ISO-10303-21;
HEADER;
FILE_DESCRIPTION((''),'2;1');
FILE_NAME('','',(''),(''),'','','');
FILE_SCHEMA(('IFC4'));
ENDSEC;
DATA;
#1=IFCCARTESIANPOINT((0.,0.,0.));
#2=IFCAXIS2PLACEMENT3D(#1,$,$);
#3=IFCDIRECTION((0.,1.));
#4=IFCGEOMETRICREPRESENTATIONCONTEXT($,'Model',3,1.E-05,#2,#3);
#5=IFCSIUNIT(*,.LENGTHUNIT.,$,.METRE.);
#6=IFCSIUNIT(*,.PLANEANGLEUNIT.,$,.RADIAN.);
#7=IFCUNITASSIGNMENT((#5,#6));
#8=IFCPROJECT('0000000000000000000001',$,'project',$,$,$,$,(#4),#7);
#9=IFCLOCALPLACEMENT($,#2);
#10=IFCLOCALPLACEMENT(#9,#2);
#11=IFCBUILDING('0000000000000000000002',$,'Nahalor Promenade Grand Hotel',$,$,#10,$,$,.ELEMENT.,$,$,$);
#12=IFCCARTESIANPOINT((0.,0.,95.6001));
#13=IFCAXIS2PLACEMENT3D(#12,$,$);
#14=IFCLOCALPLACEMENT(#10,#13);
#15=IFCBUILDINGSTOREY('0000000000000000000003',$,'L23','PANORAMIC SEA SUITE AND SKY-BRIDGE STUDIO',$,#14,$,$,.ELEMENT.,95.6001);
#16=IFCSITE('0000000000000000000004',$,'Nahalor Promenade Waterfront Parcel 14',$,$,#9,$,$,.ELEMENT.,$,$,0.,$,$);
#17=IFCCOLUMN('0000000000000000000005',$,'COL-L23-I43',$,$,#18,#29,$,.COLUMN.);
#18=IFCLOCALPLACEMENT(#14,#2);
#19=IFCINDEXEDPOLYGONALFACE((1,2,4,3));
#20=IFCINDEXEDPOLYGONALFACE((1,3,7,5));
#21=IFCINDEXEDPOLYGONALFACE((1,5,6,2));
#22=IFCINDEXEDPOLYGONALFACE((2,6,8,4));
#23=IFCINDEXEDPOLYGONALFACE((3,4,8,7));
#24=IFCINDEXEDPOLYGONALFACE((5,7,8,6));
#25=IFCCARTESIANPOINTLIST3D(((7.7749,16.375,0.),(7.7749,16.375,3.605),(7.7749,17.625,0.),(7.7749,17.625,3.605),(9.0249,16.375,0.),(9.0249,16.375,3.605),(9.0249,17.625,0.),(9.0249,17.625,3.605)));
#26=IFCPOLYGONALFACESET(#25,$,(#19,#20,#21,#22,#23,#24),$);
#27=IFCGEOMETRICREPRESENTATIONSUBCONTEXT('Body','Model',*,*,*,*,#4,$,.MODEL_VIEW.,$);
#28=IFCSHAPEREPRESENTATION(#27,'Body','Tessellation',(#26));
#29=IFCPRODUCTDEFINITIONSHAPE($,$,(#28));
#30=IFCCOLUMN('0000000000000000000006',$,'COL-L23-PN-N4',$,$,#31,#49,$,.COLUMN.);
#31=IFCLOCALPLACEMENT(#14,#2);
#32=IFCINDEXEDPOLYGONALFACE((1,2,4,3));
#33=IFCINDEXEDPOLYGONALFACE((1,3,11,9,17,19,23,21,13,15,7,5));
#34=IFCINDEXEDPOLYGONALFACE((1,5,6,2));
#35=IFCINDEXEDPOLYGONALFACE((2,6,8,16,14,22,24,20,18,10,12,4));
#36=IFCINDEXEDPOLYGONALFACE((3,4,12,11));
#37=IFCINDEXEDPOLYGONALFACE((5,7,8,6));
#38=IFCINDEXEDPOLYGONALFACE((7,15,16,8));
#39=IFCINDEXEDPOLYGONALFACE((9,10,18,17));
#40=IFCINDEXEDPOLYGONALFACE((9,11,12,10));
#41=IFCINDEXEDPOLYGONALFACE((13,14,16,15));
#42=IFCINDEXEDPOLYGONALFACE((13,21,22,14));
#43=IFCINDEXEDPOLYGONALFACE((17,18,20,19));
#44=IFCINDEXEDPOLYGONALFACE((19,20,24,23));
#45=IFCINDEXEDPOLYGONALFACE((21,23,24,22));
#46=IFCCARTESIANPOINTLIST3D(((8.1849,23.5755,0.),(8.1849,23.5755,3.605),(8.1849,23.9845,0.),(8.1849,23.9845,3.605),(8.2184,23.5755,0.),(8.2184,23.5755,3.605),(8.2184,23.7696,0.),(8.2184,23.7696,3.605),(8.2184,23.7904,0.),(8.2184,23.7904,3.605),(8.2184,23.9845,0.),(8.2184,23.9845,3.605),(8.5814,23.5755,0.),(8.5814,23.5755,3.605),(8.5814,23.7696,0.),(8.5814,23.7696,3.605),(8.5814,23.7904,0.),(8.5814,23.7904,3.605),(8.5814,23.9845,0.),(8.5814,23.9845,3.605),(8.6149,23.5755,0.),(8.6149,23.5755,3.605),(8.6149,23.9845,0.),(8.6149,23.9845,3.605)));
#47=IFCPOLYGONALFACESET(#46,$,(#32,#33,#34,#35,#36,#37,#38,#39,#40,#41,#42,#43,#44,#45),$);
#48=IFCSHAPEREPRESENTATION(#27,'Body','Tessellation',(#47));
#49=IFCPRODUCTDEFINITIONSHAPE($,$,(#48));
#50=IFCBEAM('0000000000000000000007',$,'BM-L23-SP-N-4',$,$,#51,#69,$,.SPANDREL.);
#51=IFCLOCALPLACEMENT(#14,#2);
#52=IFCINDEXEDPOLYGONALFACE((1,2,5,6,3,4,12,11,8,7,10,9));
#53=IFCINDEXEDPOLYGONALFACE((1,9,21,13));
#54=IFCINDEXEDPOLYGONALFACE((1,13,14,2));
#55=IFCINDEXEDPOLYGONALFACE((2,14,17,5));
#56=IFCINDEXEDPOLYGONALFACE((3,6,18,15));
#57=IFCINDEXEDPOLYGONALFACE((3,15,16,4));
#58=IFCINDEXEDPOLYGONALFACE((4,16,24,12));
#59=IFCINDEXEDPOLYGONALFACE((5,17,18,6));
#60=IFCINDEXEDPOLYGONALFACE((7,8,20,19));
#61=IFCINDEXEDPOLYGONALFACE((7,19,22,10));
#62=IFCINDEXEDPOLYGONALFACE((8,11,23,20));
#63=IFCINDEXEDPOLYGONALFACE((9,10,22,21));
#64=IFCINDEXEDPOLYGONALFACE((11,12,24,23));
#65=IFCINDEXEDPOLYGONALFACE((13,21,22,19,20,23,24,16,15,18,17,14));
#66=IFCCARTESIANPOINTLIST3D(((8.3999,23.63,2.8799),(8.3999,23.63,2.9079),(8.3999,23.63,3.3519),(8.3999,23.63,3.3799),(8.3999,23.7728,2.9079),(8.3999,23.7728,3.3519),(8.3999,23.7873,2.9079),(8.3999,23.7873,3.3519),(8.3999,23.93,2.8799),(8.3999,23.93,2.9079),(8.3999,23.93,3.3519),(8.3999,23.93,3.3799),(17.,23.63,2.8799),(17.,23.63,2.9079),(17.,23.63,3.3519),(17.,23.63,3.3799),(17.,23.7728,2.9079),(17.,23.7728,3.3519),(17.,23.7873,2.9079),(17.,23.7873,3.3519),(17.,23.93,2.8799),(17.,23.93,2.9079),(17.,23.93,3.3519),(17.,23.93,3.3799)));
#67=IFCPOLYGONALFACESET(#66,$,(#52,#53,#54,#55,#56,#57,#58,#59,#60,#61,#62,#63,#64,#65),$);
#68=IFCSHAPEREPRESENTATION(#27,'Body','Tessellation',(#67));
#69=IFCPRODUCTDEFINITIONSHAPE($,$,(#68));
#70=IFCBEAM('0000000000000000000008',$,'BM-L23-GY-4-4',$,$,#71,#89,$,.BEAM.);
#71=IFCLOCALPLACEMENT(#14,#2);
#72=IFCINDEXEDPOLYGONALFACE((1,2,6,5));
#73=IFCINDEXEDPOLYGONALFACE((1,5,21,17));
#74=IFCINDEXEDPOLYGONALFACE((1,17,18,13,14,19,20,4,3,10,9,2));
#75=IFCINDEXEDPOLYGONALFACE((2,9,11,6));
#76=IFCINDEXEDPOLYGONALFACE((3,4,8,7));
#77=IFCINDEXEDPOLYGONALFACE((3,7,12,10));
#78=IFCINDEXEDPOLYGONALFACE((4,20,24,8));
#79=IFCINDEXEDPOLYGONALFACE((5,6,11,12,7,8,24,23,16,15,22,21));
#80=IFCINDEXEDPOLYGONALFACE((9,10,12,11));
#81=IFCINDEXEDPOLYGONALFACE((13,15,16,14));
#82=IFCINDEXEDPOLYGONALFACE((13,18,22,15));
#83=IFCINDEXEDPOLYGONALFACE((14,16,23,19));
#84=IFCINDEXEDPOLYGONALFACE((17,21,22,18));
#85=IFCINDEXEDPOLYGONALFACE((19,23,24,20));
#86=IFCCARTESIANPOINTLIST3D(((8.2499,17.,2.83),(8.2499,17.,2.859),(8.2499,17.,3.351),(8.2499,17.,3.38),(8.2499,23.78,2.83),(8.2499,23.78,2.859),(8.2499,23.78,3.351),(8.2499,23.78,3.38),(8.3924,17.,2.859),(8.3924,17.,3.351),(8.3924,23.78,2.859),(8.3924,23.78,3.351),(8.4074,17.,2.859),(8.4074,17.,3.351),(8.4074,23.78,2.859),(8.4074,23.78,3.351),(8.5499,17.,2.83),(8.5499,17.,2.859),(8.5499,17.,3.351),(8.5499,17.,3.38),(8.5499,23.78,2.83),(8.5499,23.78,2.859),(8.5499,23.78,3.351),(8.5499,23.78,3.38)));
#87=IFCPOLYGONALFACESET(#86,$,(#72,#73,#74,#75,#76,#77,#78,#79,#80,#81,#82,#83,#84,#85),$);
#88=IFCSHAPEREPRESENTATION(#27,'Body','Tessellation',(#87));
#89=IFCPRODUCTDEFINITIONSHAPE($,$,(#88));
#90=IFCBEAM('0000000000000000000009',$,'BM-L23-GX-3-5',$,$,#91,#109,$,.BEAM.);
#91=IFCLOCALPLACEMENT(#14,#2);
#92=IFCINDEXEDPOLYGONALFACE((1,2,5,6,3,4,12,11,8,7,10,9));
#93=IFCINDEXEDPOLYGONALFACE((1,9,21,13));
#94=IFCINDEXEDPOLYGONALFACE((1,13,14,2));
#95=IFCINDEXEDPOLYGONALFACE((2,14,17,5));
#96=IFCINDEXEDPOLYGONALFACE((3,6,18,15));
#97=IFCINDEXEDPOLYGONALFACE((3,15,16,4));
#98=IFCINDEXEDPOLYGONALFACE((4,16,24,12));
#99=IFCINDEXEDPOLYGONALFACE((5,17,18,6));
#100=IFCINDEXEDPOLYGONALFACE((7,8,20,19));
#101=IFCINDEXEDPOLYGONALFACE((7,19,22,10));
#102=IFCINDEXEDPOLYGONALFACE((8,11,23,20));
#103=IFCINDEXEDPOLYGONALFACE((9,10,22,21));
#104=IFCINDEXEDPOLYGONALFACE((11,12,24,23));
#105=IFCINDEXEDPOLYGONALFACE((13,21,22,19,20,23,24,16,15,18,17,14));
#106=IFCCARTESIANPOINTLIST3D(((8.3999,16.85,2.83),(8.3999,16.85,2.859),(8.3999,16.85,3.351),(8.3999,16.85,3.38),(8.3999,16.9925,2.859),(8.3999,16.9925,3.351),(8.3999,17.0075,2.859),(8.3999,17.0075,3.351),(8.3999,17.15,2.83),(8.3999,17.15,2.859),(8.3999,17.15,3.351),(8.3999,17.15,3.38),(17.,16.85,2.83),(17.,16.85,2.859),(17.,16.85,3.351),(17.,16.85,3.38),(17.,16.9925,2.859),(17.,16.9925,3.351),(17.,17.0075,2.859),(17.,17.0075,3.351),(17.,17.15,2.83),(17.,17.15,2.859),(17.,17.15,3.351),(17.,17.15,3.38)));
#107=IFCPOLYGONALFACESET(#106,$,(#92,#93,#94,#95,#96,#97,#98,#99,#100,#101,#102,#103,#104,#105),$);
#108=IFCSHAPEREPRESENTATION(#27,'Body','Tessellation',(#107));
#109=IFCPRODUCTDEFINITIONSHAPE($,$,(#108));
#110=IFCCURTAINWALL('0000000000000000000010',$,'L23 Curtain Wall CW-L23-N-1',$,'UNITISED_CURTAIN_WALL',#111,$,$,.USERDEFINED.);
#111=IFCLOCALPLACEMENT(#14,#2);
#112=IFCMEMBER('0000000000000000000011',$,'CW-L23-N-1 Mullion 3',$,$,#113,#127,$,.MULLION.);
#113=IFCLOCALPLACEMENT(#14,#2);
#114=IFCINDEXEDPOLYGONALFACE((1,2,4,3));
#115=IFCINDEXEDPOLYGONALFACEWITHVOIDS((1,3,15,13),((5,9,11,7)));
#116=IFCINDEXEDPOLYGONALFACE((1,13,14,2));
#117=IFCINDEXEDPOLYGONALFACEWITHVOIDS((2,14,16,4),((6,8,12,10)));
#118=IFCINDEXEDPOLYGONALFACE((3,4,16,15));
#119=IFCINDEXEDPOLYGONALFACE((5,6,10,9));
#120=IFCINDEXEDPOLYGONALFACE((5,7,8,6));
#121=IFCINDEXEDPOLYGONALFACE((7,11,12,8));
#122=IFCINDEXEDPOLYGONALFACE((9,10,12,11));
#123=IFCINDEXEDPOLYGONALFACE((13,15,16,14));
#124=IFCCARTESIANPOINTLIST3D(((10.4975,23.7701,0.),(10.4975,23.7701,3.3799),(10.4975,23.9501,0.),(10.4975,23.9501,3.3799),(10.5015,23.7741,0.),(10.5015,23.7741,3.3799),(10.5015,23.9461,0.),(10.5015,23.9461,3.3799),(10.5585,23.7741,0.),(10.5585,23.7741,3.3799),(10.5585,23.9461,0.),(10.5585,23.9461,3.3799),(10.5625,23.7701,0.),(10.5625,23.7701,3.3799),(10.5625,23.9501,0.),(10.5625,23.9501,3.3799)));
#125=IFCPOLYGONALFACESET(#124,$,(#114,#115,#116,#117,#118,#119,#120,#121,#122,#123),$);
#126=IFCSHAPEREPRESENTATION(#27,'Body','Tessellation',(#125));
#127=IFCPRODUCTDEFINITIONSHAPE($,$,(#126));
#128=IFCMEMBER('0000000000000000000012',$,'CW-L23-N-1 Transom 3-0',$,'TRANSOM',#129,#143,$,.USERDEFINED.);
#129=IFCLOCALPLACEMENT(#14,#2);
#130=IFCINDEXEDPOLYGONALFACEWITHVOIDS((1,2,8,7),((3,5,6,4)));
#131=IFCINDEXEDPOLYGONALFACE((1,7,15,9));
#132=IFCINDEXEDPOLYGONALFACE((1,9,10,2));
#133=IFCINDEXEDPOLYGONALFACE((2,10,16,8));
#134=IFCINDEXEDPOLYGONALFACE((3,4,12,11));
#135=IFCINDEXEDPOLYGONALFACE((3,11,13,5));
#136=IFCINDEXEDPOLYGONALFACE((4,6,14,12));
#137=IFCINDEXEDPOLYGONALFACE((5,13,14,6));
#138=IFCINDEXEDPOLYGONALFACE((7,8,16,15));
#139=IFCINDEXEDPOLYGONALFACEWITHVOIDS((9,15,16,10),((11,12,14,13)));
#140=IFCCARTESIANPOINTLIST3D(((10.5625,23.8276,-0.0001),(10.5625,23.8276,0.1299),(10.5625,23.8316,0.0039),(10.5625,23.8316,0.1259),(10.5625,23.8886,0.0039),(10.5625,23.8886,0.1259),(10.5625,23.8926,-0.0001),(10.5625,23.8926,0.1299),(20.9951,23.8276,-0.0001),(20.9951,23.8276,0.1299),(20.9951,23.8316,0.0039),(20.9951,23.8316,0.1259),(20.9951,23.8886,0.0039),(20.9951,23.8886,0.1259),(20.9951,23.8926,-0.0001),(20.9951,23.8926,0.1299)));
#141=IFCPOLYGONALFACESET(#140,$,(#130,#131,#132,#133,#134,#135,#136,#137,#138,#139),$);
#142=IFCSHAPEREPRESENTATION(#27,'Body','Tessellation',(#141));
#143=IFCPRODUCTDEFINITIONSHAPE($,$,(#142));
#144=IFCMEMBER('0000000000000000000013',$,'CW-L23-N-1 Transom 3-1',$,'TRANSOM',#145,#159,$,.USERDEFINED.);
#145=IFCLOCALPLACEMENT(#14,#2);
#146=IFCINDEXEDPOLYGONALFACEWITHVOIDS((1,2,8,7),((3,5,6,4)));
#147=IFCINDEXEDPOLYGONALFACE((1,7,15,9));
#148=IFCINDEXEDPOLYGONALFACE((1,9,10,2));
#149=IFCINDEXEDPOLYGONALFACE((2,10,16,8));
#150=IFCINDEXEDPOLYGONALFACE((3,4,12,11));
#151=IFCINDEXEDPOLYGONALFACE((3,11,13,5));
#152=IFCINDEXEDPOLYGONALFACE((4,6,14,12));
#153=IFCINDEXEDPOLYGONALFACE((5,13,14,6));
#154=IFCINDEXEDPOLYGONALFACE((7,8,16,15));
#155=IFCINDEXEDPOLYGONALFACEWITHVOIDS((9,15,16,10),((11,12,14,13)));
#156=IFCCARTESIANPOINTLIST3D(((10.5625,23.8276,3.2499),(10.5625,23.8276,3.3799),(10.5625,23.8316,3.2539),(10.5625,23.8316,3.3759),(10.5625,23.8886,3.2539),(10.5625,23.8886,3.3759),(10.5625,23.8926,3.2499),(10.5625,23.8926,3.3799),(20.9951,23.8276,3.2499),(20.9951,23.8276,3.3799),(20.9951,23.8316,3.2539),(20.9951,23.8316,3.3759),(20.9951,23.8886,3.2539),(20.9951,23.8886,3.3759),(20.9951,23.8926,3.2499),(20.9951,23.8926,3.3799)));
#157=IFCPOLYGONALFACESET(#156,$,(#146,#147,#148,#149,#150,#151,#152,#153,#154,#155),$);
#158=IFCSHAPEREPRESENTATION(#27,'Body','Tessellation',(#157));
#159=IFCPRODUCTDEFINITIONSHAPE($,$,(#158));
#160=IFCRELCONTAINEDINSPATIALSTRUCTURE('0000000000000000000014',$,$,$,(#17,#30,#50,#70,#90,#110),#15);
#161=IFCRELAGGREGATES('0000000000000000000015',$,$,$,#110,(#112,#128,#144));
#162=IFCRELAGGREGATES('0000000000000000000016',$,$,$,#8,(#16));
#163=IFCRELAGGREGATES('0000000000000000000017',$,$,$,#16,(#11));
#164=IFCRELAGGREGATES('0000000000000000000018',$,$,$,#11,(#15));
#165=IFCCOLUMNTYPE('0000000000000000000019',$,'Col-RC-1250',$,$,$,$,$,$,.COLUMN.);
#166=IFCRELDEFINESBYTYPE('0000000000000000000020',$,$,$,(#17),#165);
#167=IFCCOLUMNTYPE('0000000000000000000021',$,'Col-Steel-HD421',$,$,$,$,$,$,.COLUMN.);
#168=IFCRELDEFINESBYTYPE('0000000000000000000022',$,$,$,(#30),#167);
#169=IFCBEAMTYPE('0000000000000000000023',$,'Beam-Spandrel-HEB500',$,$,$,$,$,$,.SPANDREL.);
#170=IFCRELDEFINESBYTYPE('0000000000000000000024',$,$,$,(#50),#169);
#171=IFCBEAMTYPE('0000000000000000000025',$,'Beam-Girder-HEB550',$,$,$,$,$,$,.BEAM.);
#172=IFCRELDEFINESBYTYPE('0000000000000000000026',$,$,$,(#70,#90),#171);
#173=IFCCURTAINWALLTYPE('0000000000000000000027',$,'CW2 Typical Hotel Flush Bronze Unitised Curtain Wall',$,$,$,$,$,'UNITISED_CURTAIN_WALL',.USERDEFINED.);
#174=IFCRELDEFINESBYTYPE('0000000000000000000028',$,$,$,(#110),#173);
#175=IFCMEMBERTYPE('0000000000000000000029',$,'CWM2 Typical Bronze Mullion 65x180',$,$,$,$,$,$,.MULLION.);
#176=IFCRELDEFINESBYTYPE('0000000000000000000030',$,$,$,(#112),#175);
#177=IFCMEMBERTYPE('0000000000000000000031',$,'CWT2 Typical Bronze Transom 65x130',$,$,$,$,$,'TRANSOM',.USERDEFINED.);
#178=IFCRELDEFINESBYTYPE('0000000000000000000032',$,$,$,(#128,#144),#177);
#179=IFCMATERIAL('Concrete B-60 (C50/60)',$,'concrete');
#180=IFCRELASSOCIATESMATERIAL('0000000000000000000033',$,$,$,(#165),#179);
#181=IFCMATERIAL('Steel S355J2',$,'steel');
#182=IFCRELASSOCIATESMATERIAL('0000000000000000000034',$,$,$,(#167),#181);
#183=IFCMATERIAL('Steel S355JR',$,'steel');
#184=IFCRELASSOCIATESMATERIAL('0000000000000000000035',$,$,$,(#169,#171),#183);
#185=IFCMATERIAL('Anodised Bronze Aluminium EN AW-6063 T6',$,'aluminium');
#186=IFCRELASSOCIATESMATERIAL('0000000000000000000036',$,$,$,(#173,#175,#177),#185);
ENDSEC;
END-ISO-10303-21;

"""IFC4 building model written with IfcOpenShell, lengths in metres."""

from ifc_helpers import new_model, si_unit, direction, frame, origin, origin_2d, place, context, subcontext, project, spatial, rectangle, hollow_rectangle, i_section, extrude, source, transform, mapped, material, material_profile, profile_set, type_object, element, aggregate, save


model = new_model("IFC4")

# Units and contexts
model_context = context("Model", 3, precision=1e-05, world=origin(), true_north=direction((0.0, 1.0)))
body_context = subcontext(model_context, "Body", "Model", "MODEL_VIEW")
ifc_project = project(units=[si_unit("LENGTHUNIT", "METRE"), si_unit("PLANEANGLEUNIT", "RADIAN")], contexts=[model_context])

# Site, building, storey
site_placement = place(None, origin())
site = spatial("IfcSite", under=ifc_project, at=site_placement, Name="Nahalor Promenade Waterfront Parcel 14", CompositionType="ELEMENT", RefElevation=0.0)
building_placement = place(site_placement, origin())
building = spatial("IfcBuilding", under=site, at=building_placement, Name="Nahalor Promenade Grand Hotel", CompositionType="ELEMENT")
storey_placement = place(building_placement, frame((0.0, 0.0, 95.6001)))
storey = spatial("IfcBuildingStorey", under=building, at=storey_placement, Name="L23", Description="PANORAMIC SEA SUITE AND SKY-BRIDGE STUDIO", CompositionType="ELEMENT", Elevation=95.6001)

# Columns
ifc_material_1 = material(Name="Concrete B-60 (C50/60)", Category="concrete")
ifc_material_profile_1 = material_profile(ifc_material_1, rectangle(XDim=1.25, YDim=1.25, at=origin_2d()), Name="RC 1250x1250")
ifc_profile_set_1 = profile_set([ifc_material_profile_1], Name="Concrete B-60 (C50/60)")
column_type_1 = type_object("IfcColumnType", Name="Col-RC-1250", PredefinedType="COLUMN", material=ifc_profile_set_1)
shared_shape_1 = source(origin(), body_context, "Body", "SweptSolid", [
    extrude(rectangle(XDim=1.25, YDim=1.25, at=origin_2d()), origin(), (0.0, 0.0, 1.0), 3.605),
])
column_1_placement = place(storey_placement, frame((8.3999, 17.0, 0.0), z_axis=(0.0, 0.0, 1.0), x_axis=(1.0, 0.0, 0.0)))
element("IfcColumn", 1, at=column_1_placement, inside=storey, type_object=column_type_1, Name="COL-L23-I43", PredefinedType="COLUMN", context=body_context, shape_type="MappedRepresentation", body=[
    mapped(shared_shape_1, transform((0.0, 0.0, 0.0), scale=1.0)),
])
ifc_material_2 = material(Name="Steel S355J2", Category="steel")
ifc_material_profile_2 = material_profile(ifc_material_2, i_section(OverallWidth=0.409, OverallDepth=0.43, WebThickness=0.0208, FlangeThickness=0.0335, at=origin_2d()), Name="HD 400x421")
ifc_profile_set_2 = profile_set([ifc_material_profile_2], Name="Steel S355J2")
column_type_2 = type_object("IfcColumnType", Name="Col-Steel-HD421", PredefinedType="COLUMN", material=ifc_profile_set_2)
shared_shape_2 = source(origin(), body_context, "Body", "SweptSolid", [
    extrude(i_section(OverallWidth=0.409, OverallDepth=0.43, WebThickness=0.0208, FlangeThickness=0.0335, at=origin_2d()), origin(), (0.0, 0.0, 1.0), 3.605),
])
column_2_placement = place(storey_placement, frame((8.3999, 23.78, 0.0), z_axis=(0.0, 0.0, 1.0), x_axis=(0.0, 1.0, 0.0)))
element("IfcColumn", 2, at=column_2_placement, inside=storey, type_object=column_type_2, Name="COL-L23-PN-N4", PredefinedType="COLUMN", context=body_context, shape_type="MappedRepresentation", body=[
    mapped(shared_shape_2, transform((0.0, 0.0, 0.0), scale=1.0)),
])

# Beams
ifc_material_3 = material(Name="Steel S355JR", Category="steel")
ifc_material_profile_3 = material_profile(ifc_material_3, i_section(OverallWidth=0.3, OverallDepth=0.5, WebThickness=0.0145, FlangeThickness=0.028, at=origin_2d()), Name="HEB 500")
ifc_profile_set_3 = profile_set([ifc_material_profile_3], Name="Steel S355JR")
beam_type_1 = type_object("IfcBeamType", Name="Beam-Spandrel-HEB500", PredefinedType="SPANDREL", material=ifc_profile_set_3)
shared_shape_3 = source(origin(), body_context, "Body", "SweptSolid", [
    extrude(i_section(OverallWidth=0.3, OverallDepth=0.5, WebThickness=0.0145, FlangeThickness=0.028, at=origin_2d()), origin(), (0.0, 0.0, 1.0), 8.6001),
])
beam_1_placement = place(storey_placement, frame((8.3999, 23.78, 3.1299), z_axis=(1.0, 0.0, 0.0), x_axis=(0.0, 1.0, 0.0)))
element("IfcBeam", 3, at=beam_1_placement, inside=storey, type_object=beam_type_1, Name="BM-L23-SP-N-4", PredefinedType="SPANDREL", context=body_context, shape_type="MappedRepresentation", body=[
    mapped(shared_shape_3, transform((0.0, 0.0, 0.0), scale=1.0)),
])
ifc_material_profile_4 = material_profile(ifc_material_3, i_section(OverallWidth=0.3, OverallDepth=0.55, WebThickness=0.015, FlangeThickness=0.029, at=origin_2d()), Name="HEB 550")
ifc_profile_set_4 = profile_set([ifc_material_profile_4], Name="Steel S355JR")
beam_type_2 = type_object("IfcBeamType", Name="Beam-Girder-HEB550", PredefinedType="BEAM", material=ifc_profile_set_4)
shared_shape_4 = source(origin(), body_context, "Body", "SweptSolid", [
    extrude(i_section(OverallWidth=0.3, OverallDepth=0.55, WebThickness=0.015, FlangeThickness=0.029, at=origin_2d()), origin(), (0.0, 0.0, 1.0), 6.78),
])
beam_2_placement = place(storey_placement, frame((8.3999, 17.0, 3.105), z_axis=(0.0, 1.0, 0.0), x_axis=(-1.0, 0.0, 0.0)))
element("IfcBeam", 4, at=beam_2_placement, inside=storey, type_object=beam_type_2, Name="BM-L23-GY-4-4", PredefinedType="BEAM", context=body_context, shape_type="MappedRepresentation", body=[
    mapped(shared_shape_4, transform((0.0, 0.0, 0.0), scale=1.0)),
])
shared_shape_5 = source(origin(), body_context, "Body", "SweptSolid", [
    extrude(i_section(OverallWidth=0.3, OverallDepth=0.55, WebThickness=0.015, FlangeThickness=0.029, at=origin_2d()), origin(), (0.0, 0.0, 1.0), 8.6001),
])
beam_3_placement = place(storey_placement, frame((8.3999, 17.0, 3.105), z_axis=(1.0, 0.0, 0.0), x_axis=(0.0, 1.0, 0.0)))
element("IfcBeam", 5, at=beam_3_placement, inside=storey, type_object=beam_type_2, Name="BM-L23-GX-3-5", PredefinedType="BEAM", context=body_context, shape_type="MappedRepresentation", body=[
    mapped(shared_shape_5, transform((0.0, 0.0, 0.0), scale=1.0)),
])

# Curtain wall, members
ifc_material_4 = material(Name="Anodised Bronze Aluminium EN AW-6063 T6", Category="aluminium")
curtain_wall_type = type_object("IfcCurtainWallType", Name="CW2 Typical Hotel Flush Bronze Unitised Curtain Wall", ElementType="UNITISED_CURTAIN_WALL", PredefinedType="USERDEFINED", material=ifc_material_4)
curtain_wall_placement = place(storey_placement, origin())
curtain_wall = element("IfcCurtainWall", 6, at=curtain_wall_placement, inside=storey, type_object=curtain_wall_type, Name="L23 Curtain Wall CW-L23-N-1", ObjectType="UNITISED_CURTAIN_WALL", PredefinedType="USERDEFINED")
ifc_material_profile_5 = material_profile(ifc_material_4, hollow_rectangle(XDim=0.065, YDim=0.18, WallThickness=0.004, at=origin_2d()), Name="CWM 65x180x4")
ifc_profile_set_5 = profile_set([ifc_material_profile_5], Name="Anodised Bronze Aluminium EN AW-6063 T6")
member_type_1 = type_object("IfcMemberType", Name="CWM2 Typical Bronze Mullion 65x180", PredefinedType="MULLION", material=ifc_profile_set_5)
shared_shape_6 = source(origin(), body_context, "Body", "SweptSolid", [
    extrude(hollow_rectangle(XDim=0.065, YDim=0.18, WallThickness=0.004, at=origin_2d()), origin(), (0.0, 0.0, 1.0), 3.3799),
])
member_1_placement = place(storey_placement, frame((10.53, 23.8601, 0.0), z_axis=(0.0, 0.0, 1.0), x_axis=(1.0, 0.0, 0.0)))
member_1 = element("IfcMember", 7, at=member_1_placement, type_object=member_type_1, Name="CW-L23-N-1 Mullion 3", PredefinedType="MULLION", context=body_context, shape_type="MappedRepresentation", body=[
    mapped(shared_shape_6, transform((0.0, 0.0, 0.0), scale=1.0)),
])
ifc_material_profile_6 = material_profile(ifc_material_4, hollow_rectangle(XDim=0.065, YDim=0.13, WallThickness=0.004, at=origin_2d()), Name="CWT 65x130x4")
ifc_profile_set_6 = profile_set([ifc_material_profile_6], Name="Anodised Bronze Aluminium EN AW-6063 T6")
member_type_2 = type_object("IfcMemberType", Name="CWT2 Typical Bronze Transom 65x130", ElementType="TRANSOM", PredefinedType="USERDEFINED", material=ifc_profile_set_6)
shared_shape_7 = source(origin(), body_context, "Body", "SweptSolid", [
    extrude(hollow_rectangle(XDim=0.065, YDim=0.13, WallThickness=0.004, at=origin_2d()), origin(), (0.0, 0.0, 1.0), 10.4326),
])
member_2_placement = place(storey_placement, frame((10.5625, 23.8601, 0.0649), z_axis=(1.0, 0.0, 0.0), x_axis=(0.0, 1.0, 0.0)))
member_2 = element("IfcMember", 8, at=member_2_placement, type_object=member_type_2, Name="CW-L23-N-1 Transom 3-0", ObjectType="TRANSOM", PredefinedType="USERDEFINED", context=body_context, shape_type="MappedRepresentation", body=[
    mapped(shared_shape_7, transform((0.0, 0.0, 0.0), scale=1.0)),
])
member_3_placement = place(storey_placement, frame((10.5625, 23.8601, 3.3149), z_axis=(1.0, 0.0, 0.0), x_axis=(0.0, 1.0, 0.0)))
member_3 = element("IfcMember", 9, at=member_3_placement, type_object=member_type_2, Name="CW-L23-N-1 Transom 3-1", ObjectType="TRANSOM", PredefinedType="USERDEFINED", context=body_context, shape_type="MappedRepresentation", body=[
    mapped(shared_shape_7, transform((0.0, 0.0, 0.0), scale=1.0)),
])
aggregate(curtain_wall, [member_1, member_2, member_3])

save(model, "model.ifc")
